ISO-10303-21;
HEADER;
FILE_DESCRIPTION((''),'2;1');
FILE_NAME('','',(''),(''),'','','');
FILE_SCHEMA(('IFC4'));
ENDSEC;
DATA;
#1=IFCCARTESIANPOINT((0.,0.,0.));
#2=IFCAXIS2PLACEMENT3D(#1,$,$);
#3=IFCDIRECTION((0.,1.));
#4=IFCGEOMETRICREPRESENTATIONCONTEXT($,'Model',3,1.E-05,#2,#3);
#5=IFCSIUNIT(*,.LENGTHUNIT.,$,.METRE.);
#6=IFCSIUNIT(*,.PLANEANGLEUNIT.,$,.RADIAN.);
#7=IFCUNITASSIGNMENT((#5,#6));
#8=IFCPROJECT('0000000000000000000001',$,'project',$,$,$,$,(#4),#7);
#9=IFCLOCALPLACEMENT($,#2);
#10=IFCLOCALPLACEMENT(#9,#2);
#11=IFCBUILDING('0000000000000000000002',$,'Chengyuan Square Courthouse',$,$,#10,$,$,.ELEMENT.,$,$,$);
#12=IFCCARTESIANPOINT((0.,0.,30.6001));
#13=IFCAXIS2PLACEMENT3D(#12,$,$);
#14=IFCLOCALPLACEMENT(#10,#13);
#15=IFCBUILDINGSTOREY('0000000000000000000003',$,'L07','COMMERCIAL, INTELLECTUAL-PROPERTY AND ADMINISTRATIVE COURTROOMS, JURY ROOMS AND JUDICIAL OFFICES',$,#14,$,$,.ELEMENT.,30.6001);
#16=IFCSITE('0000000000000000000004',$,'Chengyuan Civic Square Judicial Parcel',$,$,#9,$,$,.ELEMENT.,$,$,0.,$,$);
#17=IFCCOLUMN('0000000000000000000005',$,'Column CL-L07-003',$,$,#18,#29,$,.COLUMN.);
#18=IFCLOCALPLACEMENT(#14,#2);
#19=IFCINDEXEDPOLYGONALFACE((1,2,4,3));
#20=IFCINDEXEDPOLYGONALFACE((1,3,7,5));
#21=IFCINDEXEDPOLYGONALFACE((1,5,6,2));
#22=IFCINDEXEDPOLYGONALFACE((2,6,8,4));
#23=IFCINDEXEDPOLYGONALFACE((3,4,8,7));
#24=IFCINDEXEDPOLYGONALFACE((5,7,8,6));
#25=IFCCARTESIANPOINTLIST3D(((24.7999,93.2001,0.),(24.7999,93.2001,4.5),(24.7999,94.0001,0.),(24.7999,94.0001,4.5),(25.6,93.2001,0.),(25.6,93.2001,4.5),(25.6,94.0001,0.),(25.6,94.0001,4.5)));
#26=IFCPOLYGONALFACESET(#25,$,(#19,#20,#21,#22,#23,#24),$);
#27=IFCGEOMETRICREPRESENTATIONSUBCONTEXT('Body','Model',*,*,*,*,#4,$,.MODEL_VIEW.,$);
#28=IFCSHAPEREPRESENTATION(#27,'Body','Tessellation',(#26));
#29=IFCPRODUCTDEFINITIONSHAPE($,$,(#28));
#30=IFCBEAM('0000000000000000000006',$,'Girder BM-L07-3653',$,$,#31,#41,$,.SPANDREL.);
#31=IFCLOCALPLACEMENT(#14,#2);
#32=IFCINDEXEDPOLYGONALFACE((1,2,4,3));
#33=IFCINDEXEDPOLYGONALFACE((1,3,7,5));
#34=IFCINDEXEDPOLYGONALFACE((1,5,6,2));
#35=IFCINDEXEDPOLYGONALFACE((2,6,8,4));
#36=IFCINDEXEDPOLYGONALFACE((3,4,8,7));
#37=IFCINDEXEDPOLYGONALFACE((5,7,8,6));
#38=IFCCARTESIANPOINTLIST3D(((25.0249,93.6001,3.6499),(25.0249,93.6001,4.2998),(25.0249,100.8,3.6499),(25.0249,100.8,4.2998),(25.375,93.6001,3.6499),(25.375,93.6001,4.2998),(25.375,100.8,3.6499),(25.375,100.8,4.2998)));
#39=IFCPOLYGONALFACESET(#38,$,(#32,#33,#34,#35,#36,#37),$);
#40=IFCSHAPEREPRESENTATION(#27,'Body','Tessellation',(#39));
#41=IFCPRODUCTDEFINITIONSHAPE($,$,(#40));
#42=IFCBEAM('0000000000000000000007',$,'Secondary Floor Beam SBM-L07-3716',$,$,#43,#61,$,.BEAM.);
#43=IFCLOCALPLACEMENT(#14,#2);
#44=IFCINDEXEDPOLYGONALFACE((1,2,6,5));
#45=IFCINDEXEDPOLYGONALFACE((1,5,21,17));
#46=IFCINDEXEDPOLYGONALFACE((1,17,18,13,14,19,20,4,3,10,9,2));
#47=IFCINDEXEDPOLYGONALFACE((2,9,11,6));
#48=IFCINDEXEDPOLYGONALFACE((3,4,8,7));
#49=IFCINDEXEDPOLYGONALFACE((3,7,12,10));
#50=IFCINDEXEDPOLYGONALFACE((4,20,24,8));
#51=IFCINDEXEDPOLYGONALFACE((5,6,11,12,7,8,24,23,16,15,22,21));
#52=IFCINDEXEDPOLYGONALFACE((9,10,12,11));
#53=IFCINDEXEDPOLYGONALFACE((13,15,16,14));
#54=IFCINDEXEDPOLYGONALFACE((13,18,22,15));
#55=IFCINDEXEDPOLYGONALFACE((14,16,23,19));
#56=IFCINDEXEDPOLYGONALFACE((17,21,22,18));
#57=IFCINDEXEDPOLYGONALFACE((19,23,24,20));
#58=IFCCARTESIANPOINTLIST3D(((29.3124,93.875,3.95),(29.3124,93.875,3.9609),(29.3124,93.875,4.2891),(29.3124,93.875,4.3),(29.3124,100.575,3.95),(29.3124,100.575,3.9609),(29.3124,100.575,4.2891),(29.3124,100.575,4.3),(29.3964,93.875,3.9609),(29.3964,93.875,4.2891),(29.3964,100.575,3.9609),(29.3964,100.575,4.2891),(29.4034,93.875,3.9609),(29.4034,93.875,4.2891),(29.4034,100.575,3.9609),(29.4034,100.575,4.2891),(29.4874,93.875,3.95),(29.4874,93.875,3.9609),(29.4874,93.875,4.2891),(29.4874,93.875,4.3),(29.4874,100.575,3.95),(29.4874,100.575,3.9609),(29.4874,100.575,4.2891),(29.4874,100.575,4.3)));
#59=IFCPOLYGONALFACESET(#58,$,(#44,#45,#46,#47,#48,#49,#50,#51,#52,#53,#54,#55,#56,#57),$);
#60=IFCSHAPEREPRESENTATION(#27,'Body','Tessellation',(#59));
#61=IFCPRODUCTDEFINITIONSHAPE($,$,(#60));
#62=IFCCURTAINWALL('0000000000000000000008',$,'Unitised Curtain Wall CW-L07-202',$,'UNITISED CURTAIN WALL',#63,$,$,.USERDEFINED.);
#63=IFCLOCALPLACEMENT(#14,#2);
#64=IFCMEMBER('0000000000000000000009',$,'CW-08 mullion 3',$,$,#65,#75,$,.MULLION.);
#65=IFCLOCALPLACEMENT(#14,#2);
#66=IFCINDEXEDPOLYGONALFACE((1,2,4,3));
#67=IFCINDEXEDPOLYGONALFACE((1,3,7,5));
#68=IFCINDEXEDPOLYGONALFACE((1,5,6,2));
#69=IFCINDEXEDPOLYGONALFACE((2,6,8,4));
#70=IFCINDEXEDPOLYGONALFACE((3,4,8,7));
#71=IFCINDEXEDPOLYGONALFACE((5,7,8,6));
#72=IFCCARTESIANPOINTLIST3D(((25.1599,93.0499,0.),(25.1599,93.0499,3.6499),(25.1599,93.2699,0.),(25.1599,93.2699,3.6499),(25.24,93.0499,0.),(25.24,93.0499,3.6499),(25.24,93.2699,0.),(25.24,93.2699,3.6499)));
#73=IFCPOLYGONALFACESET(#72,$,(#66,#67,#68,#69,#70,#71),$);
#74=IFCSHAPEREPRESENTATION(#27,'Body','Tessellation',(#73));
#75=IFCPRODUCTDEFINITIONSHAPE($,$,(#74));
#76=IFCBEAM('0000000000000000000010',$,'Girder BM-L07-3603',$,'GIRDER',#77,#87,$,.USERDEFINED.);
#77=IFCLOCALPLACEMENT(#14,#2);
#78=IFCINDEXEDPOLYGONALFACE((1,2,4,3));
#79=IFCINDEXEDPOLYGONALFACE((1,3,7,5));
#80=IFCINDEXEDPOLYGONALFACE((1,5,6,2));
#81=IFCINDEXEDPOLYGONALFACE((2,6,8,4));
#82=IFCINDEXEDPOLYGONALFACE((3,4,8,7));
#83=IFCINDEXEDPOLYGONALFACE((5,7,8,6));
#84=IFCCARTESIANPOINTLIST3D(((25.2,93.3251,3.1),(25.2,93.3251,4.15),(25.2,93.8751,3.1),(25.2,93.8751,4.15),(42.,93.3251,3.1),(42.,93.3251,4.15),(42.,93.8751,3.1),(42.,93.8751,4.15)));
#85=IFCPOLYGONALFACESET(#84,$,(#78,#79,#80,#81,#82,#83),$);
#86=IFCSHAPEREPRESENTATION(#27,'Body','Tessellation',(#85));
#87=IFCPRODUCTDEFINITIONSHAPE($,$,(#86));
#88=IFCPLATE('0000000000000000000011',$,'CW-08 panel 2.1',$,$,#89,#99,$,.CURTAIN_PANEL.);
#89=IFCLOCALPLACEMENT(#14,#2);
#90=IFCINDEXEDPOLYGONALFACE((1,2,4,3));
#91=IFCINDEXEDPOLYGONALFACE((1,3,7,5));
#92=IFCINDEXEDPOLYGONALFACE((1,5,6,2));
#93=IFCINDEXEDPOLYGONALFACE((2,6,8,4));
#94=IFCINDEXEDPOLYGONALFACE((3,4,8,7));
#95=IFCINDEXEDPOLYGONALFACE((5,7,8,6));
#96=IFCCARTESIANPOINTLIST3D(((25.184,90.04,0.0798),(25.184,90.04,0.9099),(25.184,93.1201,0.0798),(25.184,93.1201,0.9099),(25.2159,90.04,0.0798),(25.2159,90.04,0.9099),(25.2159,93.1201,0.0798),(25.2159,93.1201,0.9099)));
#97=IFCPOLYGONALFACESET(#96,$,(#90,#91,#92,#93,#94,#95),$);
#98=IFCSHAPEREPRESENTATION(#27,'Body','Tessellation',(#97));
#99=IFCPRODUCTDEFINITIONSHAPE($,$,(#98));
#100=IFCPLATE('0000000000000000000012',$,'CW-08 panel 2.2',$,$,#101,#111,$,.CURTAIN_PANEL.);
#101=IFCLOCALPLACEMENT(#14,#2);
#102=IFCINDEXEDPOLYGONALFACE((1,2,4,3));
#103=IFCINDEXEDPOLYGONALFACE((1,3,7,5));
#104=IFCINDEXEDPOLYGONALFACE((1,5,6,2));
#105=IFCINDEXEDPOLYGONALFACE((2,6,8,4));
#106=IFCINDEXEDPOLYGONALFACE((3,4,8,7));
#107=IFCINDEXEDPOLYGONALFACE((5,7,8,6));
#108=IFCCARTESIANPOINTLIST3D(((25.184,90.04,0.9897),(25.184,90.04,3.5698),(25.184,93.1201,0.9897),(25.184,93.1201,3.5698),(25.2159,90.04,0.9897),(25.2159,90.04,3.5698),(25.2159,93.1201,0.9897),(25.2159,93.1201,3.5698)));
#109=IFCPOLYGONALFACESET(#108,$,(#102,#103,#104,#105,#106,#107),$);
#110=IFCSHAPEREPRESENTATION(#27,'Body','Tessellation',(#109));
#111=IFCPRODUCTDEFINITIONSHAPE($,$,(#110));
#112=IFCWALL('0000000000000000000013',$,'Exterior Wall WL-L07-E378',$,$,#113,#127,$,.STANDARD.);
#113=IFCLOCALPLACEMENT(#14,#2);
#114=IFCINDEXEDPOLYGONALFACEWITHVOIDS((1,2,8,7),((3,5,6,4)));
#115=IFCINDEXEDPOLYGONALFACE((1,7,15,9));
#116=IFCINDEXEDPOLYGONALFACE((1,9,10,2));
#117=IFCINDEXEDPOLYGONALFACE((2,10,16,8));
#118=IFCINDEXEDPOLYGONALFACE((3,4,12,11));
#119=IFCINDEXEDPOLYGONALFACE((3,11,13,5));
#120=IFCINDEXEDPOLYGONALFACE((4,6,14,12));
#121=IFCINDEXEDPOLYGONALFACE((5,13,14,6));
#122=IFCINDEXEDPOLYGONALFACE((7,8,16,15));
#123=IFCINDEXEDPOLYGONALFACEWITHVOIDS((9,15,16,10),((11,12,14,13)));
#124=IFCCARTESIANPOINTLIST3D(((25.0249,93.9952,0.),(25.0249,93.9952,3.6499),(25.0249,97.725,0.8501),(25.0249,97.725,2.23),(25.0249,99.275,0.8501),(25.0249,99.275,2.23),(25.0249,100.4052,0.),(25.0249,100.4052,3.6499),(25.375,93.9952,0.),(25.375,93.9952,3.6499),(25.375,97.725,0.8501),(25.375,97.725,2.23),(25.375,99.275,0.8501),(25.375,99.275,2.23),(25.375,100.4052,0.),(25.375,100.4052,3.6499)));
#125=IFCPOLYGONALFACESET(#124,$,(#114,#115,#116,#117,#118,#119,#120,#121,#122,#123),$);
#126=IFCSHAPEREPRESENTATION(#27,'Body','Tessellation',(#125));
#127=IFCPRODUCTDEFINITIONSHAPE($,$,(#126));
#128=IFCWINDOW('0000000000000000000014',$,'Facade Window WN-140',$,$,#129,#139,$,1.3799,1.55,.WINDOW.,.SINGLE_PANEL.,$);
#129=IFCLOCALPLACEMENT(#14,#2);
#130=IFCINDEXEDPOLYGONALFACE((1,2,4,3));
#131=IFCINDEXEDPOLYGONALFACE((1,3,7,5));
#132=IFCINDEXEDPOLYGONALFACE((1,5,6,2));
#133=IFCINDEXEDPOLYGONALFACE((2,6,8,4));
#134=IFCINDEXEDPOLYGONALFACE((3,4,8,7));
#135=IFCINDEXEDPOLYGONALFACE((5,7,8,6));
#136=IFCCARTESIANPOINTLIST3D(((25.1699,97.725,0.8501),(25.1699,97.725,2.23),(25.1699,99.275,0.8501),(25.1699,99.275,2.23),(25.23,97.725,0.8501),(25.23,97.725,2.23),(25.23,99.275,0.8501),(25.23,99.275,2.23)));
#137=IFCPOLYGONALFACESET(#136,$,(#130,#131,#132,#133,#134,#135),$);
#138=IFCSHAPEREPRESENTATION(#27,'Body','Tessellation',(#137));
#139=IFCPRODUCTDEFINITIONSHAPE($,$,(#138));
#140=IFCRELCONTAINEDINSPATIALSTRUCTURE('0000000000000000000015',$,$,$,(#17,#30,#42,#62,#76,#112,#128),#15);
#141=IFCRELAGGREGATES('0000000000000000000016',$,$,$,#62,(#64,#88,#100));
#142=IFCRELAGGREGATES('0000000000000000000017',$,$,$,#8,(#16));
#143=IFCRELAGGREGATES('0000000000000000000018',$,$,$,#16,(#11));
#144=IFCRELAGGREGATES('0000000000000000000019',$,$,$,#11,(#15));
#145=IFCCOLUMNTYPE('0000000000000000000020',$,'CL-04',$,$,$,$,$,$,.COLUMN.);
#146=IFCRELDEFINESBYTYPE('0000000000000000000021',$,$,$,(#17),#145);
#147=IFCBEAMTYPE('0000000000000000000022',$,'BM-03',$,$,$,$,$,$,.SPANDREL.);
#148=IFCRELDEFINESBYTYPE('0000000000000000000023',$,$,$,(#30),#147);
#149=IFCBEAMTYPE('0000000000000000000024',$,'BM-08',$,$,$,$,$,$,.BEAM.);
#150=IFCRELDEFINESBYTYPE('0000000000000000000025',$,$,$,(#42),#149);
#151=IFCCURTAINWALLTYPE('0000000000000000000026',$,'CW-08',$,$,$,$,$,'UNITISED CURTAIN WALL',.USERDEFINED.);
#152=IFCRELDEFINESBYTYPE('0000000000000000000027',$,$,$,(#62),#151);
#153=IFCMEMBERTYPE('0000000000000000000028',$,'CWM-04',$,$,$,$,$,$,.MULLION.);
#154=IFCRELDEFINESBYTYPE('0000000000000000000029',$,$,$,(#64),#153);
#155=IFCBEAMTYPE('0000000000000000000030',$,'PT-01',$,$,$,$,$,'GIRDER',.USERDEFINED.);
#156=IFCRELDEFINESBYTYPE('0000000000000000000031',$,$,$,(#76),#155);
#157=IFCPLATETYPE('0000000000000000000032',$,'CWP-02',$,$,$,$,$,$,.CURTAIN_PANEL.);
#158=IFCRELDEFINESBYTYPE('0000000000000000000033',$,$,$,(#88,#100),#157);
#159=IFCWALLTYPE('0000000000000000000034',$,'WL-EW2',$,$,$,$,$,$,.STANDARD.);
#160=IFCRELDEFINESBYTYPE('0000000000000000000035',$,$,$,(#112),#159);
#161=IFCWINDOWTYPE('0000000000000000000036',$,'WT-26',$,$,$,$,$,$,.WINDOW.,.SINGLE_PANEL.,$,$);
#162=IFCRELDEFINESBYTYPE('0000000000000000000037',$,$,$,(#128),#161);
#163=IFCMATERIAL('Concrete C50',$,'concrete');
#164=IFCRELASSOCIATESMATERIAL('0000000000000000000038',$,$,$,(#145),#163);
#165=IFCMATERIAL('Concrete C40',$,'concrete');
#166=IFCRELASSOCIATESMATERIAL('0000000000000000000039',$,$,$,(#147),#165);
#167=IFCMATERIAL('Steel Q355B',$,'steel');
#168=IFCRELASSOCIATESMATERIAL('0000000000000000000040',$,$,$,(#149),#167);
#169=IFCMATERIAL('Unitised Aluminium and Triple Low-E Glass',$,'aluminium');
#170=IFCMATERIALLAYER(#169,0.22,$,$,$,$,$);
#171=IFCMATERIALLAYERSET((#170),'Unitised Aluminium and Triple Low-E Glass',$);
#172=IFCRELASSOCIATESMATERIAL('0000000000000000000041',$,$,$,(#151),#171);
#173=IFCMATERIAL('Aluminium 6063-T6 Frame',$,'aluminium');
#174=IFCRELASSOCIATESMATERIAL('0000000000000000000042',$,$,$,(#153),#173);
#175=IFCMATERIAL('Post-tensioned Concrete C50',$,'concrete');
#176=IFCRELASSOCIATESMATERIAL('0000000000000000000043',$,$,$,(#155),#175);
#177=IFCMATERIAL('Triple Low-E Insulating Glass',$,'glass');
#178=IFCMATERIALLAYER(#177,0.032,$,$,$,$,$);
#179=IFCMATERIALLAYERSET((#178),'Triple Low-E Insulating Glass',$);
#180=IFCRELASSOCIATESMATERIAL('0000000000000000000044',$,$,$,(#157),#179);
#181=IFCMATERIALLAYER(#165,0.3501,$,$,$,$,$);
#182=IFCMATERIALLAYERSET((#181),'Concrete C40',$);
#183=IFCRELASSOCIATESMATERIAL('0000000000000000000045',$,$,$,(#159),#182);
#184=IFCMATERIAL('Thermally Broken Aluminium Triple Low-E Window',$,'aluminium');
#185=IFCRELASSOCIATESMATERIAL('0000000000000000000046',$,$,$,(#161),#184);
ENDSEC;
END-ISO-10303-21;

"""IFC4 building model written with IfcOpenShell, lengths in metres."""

from ifc_helpers import new_model, si_unit, direction, frame, frame_2d, origin, origin_2d, place, context, subcontext, project, spatial, rectangle, i_section, extrude, material, layer, layer_set, material_profile, profile_set, type_object, element, fill, aggregate, save


model = new_model("IFC4")

# Units and contexts
model_context = context("Model", 3, precision=1e-05, world=origin(), true_north=direction((0.0, 1.0)))
body_context = subcontext(model_context, "Body", "Model", "MODEL_VIEW")
ifc_project = project(units=[si_unit("LENGTHUNIT", "METRE"), si_unit("PLANEANGLEUNIT", "RADIAN")], contexts=[model_context])

# Site, building, storey
site_placement = place(None, origin())
site = spatial("IfcSite", under=ifc_project, at=site_placement, Name="Chengyuan Civic Square Judicial Parcel", CompositionType="ELEMENT", RefElevation=0.0)
building_placement = place(site_placement, origin())
building = spatial("IfcBuilding", under=site, at=building_placement, Name="Chengyuan Square Courthouse", CompositionType="ELEMENT")
storey_placement = place(building_placement, frame((0.0, 0.0, 30.6001)))
storey = spatial("IfcBuildingStorey", under=building, at=storey_placement, Name="L07", Description="COMMERCIAL, INTELLECTUAL-PROPERTY AND ADMINISTRATIVE COURTROOMS, JURY ROOMS AND JUDICIAL OFFICES", CompositionType="ELEMENT", Elevation=30.6001)

# Column
ifc_material_1 = material(Name="Concrete C50", Category="concrete")
ifc_material_profile_1 = material_profile(ifc_material_1, rectangle(XDim=0.8, YDim=0.8, at=origin_2d()), Name="RC-COL-800x800")
ifc_profile_set_1 = profile_set([ifc_material_profile_1], Name="Concrete C50")
column_type = type_object("IfcColumnType", Name="CL-04", PredefinedType="COLUMN", material=ifc_profile_set_1)
column_placement = place(storey_placement, frame((25.2, 93.6001, 0.0), z_axis=(0.0, 0.0, 1.0), x_axis=(1.0, 0.0, 0.0)))
element("IfcColumn", 1, at=column_placement, inside=storey, type_object=column_type, Name="Column CL-L07-003", PredefinedType="COLUMN", context=body_context, shape_type="SweptSolid", body=[
    extrude(rectangle(XDim=0.8, YDim=0.8, at=origin_2d()), origin(), (0.0, 0.0, 1.0), 4.5),
])

# Beams
ifc_material_2 = material(Name="Concrete C40", Category="concrete")
ifc_material_profile_2 = material_profile(ifc_material_2, rectangle(XDim=0.3501, YDim=0.6499, at=origin_2d()), Name="RC-BM-350x650")
ifc_profile_set_2 = profile_set([ifc_material_profile_2], Name="Concrete C40")
beam_type_1 = type_object("IfcBeamType", Name="BM-03", PredefinedType="SPANDREL", material=ifc_profile_set_2)
beam_1_placement = place(storey_placement, frame((25.2, 93.6001, 3.9749), z_axis=(0.0, 1.0, 0.0), x_axis=(-1.0, 0.0, 0.0)))
element("IfcBeam", 2, at=beam_1_placement, inside=storey, type_object=beam_type_1, Name="Girder BM-L07-3653", PredefinedType="SPANDREL", context=body_context, shape_type="SweptSolid", body=[
    extrude(rectangle(XDim=0.3501, YDim=0.6499, at=origin_2d()), origin(), (0.0, 0.0, 1.0), 7.2),
])
ifc_material_3 = material(Name="Steel Q355B", Category="steel")
ifc_material_profile_3 = material_profile(ifc_material_3, i_section(OverallWidth=0.175, OverallDepth=0.3501, WebThickness=0.0071, FlangeThickness=0.011, at=origin_2d()), Name="HN 350x175x7x11")
ifc_profile_set_3 = profile_set([ifc_material_profile_3], Name="Steel Q355B")
beam_type_2 = type_object("IfcBeamType", Name="BM-08", PredefinedType="BEAM", material=ifc_profile_set_3)
beam_2_placement = place(storey_placement, frame((29.3999, 93.875, 4.125), z_axis=(0.0, 1.0, 0.0), x_axis=(-1.0, 0.0, 0.0)))
element("IfcBeam", 3, at=beam_2_placement, inside=storey, type_object=beam_type_2, Name="Secondary Floor Beam SBM-L07-3716", PredefinedType="BEAM", context=body_context, shape_type="SweptSolid", body=[
    extrude(i_section(OverallWidth=0.175, OverallDepth=0.3501, WebThickness=0.0071, FlangeThickness=0.011, at=origin_2d()), origin(), (0.0, 0.0, 1.0), 6.7),
])

# Curtain wall, member
ifc_material_4 = material(Name="Unitised Aluminium and Triple Low-E Glass", Category="aluminium")
ifc_layer_1 = layer(ifc_material_4, 0.22)
ifc_layer_set_1 = layer_set([ifc_layer_1], Name="Unitised Aluminium and Triple Low-E Glass")
curtain_wall_type = type_object("IfcCurtainWallType", Name="CW-08", ElementType="UNITISED CURTAIN WALL", PredefinedType="USERDEFINED", material=ifc_layer_set_1)
curtain_wall_placement = place(storey_placement, origin())
curtain_wall = element("IfcCurtainWall", 4, at=curtain_wall_placement, inside=storey, type_object=curtain_wall_type, Name="Unitised Curtain Wall CW-L07-202", ObjectType="UNITISED CURTAIN WALL", PredefinedType="USERDEFINED")
ifc_material_5 = material(Name="Aluminium 6063-T6 Frame", Category="aluminium")
ifc_material_profile_4 = material_profile(ifc_material_5, rectangle(XDim=0.0801, YDim=0.22, at=origin_2d()), Name="CW-MUL-80x220")
ifc_profile_set_4 = profile_set([ifc_material_profile_4], Name="Aluminium 6063-T6 Frame")
member_type = type_object("IfcMemberType", Name="CWM-04", PredefinedType="MULLION", material=ifc_profile_set_4)
member_placement = place(storey_placement, frame((25.2, 93.1599, 0.0), z_axis=(0.0, 0.0, 1.0), x_axis=(-1.0, 0.0, 0.0)))
member = element("IfcMember", 5, at=member_placement, type_object=member_type, Name="CW-08 mullion 3", PredefinedType="MULLION", context=body_context, shape_type="SweptSolid", body=[
    extrude(rectangle(XDim=0.0801, YDim=0.22, at=origin_2d()), origin(), (0.0, 0.0, 1.0), 3.6499),
])

# Beam
ifc_material_6 = material(Name="Post-tensioned Concrete C50", Category="concrete")
ifc_material_profile_5 = material_profile(ifc_material_6, rectangle(XDim=0.55, YDim=1.05, at=origin_2d()), Name="PT-BM-550x1050")
ifc_profile_set_5 = profile_set([ifc_material_profile_5], Name="Post-tensioned Concrete C50")
beam_type_3 = type_object("IfcBeamType", Name="PT-01", ElementType="GIRDER", PredefinedType="USERDEFINED", material=ifc_profile_set_5)
beam_3_placement = place(storey_placement, frame((25.2, 93.6001, 3.625), z_axis=(1.0, 0.0, 0.0), x_axis=(0.0, 1.0, 0.0)))
element("IfcBeam", 6, at=beam_3_placement, inside=storey, type_object=beam_type_3, Name="Girder BM-L07-3603", ObjectType="GIRDER", PredefinedType="USERDEFINED", context=body_context, shape_type="SweptSolid", body=[
    extrude(rectangle(XDim=0.55, YDim=1.05, at=origin_2d()), origin(), (0.0, 0.0, 1.0), 16.8),
])

# Plates
ifc_material_7 = material(Name="Triple Low-E Insulating Glass", Category="glass")
ifc_layer_2 = layer(ifc_material_7, 0.032)
ifc_layer_set_2 = layer_set([ifc_layer_2], Name="Triple Low-E Insulating Glass")
plate_type = type_object("IfcPlateType", Name="CWP-02", PredefinedType="CURTAIN_PANEL", material=ifc_layer_set_2)
plate_1_placement = place(storey_placement, frame((25.2, 91.5801, 0.0798), z_axis=(0.0, 0.0, 1.0), x_axis=(0.0, 1.0, 0.0)))
plate_1 = element("IfcPlate", 7, at=plate_1_placement, type_object=plate_type, Name="CW-08 panel 2.1", PredefinedType="CURTAIN_PANEL", context=body_context, shape_type="SweptSolid", body=[
    extrude(rectangle(XDim=3.0801, YDim=0.032, at=origin_2d()), origin(), (0.0, 0.0, 1.0), 0.8301),
])
plate_2_placement = place(storey_placement, frame((25.2, 91.5801, 0.9897), z_axis=(0.0, 0.0, 1.0), x_axis=(0.0, 1.0, 0.0)))
plate_2 = element("IfcPlate", 8, at=plate_2_placement, type_object=plate_type, Name="CW-08 panel 2.2", PredefinedType="CURTAIN_PANEL", context=body_context, shape_type="SweptSolid", body=[
    extrude(rectangle(XDim=3.0801, YDim=0.032, at=origin_2d()), origin(), (0.0, 0.0, 1.0), 2.5801),
])
aggregate(curtain_wall, [member, plate_1, plate_2])

# Wall, opening, window
ifc_layer_3 = layer(ifc_material_2, 0.3501)
ifc_layer_set_3 = layer_set([ifc_layer_3], Name="Concrete C40")
wall_type_1 = type_object("IfcWallType", Name="WL-EW2", PredefinedType="STANDARD", material=ifc_layer_set_3)
wall_1_placement = place(storey_placement, frame((25.2, 93.9951, 0.0), z_axis=(0.0, 0.0, 1.0), x_axis=(0.0, 1.0, 0.0)))
wall_1 = element("IfcWall", 9, at=wall_1_placement, inside=storey, type_object=wall_type_1, Name="Exterior Wall WL-L07-E378", PredefinedType="STANDARD", context=body_context, shape_type="SweptSolid", body=[
    extrude(rectangle(XDim=6.4099, YDim=0.3501, at=frame_2d((3.2051, 0.0))), origin(), (0.0, 0.0, 1.0), 3.6499),
])
opening_1_placement = place(wall_1_placement, frame((3.73, 0.0, 0.8501)))
opening_1 = element("IfcOpeningElement", 10, at=opening_1_placement, cuts=wall_1, PredefinedType="OPENING", context=body_context, shape_type="SweptSolid", body=[
    extrude(rectangle(XDim=1.55, YDim=1.3799, at=frame_2d((0.7749, 0.6899))), frame((0.0, 0.187, 0.0), z_axis=(0.0, -1.0, 0.0), x_axis=(1.0, 0.0, 0.0)), (0.0, 0.0, 1.0), 0.374),
])
ifc_material_8 = material(Name="Thermally Broken Aluminium Triple Low-E Window", Category="aluminium")
window_type = type_object("IfcWindowType", Name="WT-26", PartitioningType="SINGLE_PANEL", PredefinedType="WINDOW", material=ifc_material_8)
window_placement = place(opening_1_placement, origin())
window = element("IfcWindow", 11, at=window_placement, inside=storey, type_object=window_type, Name="Facade Window WN-140", OverallHeight=1.3799, OverallWidth=1.55, PartitioningType="SINGLE_PANEL", PredefinedType="WINDOW", context=body_context, shape_type="SweptSolid", body=[
    extrude(rectangle(XDim=1.55, YDim=1.3799, at=frame_2d((0.7749, 0.6899))), frame((0.0, 0.03, 0.0), z_axis=(0.0, -1.0, 0.0), x_axis=(1.0, 0.0, 0.0)), (0.0, 0.0, 1.0), 0.0601),
])
fill(opening_1, window)

save(model, "model.ifc")
